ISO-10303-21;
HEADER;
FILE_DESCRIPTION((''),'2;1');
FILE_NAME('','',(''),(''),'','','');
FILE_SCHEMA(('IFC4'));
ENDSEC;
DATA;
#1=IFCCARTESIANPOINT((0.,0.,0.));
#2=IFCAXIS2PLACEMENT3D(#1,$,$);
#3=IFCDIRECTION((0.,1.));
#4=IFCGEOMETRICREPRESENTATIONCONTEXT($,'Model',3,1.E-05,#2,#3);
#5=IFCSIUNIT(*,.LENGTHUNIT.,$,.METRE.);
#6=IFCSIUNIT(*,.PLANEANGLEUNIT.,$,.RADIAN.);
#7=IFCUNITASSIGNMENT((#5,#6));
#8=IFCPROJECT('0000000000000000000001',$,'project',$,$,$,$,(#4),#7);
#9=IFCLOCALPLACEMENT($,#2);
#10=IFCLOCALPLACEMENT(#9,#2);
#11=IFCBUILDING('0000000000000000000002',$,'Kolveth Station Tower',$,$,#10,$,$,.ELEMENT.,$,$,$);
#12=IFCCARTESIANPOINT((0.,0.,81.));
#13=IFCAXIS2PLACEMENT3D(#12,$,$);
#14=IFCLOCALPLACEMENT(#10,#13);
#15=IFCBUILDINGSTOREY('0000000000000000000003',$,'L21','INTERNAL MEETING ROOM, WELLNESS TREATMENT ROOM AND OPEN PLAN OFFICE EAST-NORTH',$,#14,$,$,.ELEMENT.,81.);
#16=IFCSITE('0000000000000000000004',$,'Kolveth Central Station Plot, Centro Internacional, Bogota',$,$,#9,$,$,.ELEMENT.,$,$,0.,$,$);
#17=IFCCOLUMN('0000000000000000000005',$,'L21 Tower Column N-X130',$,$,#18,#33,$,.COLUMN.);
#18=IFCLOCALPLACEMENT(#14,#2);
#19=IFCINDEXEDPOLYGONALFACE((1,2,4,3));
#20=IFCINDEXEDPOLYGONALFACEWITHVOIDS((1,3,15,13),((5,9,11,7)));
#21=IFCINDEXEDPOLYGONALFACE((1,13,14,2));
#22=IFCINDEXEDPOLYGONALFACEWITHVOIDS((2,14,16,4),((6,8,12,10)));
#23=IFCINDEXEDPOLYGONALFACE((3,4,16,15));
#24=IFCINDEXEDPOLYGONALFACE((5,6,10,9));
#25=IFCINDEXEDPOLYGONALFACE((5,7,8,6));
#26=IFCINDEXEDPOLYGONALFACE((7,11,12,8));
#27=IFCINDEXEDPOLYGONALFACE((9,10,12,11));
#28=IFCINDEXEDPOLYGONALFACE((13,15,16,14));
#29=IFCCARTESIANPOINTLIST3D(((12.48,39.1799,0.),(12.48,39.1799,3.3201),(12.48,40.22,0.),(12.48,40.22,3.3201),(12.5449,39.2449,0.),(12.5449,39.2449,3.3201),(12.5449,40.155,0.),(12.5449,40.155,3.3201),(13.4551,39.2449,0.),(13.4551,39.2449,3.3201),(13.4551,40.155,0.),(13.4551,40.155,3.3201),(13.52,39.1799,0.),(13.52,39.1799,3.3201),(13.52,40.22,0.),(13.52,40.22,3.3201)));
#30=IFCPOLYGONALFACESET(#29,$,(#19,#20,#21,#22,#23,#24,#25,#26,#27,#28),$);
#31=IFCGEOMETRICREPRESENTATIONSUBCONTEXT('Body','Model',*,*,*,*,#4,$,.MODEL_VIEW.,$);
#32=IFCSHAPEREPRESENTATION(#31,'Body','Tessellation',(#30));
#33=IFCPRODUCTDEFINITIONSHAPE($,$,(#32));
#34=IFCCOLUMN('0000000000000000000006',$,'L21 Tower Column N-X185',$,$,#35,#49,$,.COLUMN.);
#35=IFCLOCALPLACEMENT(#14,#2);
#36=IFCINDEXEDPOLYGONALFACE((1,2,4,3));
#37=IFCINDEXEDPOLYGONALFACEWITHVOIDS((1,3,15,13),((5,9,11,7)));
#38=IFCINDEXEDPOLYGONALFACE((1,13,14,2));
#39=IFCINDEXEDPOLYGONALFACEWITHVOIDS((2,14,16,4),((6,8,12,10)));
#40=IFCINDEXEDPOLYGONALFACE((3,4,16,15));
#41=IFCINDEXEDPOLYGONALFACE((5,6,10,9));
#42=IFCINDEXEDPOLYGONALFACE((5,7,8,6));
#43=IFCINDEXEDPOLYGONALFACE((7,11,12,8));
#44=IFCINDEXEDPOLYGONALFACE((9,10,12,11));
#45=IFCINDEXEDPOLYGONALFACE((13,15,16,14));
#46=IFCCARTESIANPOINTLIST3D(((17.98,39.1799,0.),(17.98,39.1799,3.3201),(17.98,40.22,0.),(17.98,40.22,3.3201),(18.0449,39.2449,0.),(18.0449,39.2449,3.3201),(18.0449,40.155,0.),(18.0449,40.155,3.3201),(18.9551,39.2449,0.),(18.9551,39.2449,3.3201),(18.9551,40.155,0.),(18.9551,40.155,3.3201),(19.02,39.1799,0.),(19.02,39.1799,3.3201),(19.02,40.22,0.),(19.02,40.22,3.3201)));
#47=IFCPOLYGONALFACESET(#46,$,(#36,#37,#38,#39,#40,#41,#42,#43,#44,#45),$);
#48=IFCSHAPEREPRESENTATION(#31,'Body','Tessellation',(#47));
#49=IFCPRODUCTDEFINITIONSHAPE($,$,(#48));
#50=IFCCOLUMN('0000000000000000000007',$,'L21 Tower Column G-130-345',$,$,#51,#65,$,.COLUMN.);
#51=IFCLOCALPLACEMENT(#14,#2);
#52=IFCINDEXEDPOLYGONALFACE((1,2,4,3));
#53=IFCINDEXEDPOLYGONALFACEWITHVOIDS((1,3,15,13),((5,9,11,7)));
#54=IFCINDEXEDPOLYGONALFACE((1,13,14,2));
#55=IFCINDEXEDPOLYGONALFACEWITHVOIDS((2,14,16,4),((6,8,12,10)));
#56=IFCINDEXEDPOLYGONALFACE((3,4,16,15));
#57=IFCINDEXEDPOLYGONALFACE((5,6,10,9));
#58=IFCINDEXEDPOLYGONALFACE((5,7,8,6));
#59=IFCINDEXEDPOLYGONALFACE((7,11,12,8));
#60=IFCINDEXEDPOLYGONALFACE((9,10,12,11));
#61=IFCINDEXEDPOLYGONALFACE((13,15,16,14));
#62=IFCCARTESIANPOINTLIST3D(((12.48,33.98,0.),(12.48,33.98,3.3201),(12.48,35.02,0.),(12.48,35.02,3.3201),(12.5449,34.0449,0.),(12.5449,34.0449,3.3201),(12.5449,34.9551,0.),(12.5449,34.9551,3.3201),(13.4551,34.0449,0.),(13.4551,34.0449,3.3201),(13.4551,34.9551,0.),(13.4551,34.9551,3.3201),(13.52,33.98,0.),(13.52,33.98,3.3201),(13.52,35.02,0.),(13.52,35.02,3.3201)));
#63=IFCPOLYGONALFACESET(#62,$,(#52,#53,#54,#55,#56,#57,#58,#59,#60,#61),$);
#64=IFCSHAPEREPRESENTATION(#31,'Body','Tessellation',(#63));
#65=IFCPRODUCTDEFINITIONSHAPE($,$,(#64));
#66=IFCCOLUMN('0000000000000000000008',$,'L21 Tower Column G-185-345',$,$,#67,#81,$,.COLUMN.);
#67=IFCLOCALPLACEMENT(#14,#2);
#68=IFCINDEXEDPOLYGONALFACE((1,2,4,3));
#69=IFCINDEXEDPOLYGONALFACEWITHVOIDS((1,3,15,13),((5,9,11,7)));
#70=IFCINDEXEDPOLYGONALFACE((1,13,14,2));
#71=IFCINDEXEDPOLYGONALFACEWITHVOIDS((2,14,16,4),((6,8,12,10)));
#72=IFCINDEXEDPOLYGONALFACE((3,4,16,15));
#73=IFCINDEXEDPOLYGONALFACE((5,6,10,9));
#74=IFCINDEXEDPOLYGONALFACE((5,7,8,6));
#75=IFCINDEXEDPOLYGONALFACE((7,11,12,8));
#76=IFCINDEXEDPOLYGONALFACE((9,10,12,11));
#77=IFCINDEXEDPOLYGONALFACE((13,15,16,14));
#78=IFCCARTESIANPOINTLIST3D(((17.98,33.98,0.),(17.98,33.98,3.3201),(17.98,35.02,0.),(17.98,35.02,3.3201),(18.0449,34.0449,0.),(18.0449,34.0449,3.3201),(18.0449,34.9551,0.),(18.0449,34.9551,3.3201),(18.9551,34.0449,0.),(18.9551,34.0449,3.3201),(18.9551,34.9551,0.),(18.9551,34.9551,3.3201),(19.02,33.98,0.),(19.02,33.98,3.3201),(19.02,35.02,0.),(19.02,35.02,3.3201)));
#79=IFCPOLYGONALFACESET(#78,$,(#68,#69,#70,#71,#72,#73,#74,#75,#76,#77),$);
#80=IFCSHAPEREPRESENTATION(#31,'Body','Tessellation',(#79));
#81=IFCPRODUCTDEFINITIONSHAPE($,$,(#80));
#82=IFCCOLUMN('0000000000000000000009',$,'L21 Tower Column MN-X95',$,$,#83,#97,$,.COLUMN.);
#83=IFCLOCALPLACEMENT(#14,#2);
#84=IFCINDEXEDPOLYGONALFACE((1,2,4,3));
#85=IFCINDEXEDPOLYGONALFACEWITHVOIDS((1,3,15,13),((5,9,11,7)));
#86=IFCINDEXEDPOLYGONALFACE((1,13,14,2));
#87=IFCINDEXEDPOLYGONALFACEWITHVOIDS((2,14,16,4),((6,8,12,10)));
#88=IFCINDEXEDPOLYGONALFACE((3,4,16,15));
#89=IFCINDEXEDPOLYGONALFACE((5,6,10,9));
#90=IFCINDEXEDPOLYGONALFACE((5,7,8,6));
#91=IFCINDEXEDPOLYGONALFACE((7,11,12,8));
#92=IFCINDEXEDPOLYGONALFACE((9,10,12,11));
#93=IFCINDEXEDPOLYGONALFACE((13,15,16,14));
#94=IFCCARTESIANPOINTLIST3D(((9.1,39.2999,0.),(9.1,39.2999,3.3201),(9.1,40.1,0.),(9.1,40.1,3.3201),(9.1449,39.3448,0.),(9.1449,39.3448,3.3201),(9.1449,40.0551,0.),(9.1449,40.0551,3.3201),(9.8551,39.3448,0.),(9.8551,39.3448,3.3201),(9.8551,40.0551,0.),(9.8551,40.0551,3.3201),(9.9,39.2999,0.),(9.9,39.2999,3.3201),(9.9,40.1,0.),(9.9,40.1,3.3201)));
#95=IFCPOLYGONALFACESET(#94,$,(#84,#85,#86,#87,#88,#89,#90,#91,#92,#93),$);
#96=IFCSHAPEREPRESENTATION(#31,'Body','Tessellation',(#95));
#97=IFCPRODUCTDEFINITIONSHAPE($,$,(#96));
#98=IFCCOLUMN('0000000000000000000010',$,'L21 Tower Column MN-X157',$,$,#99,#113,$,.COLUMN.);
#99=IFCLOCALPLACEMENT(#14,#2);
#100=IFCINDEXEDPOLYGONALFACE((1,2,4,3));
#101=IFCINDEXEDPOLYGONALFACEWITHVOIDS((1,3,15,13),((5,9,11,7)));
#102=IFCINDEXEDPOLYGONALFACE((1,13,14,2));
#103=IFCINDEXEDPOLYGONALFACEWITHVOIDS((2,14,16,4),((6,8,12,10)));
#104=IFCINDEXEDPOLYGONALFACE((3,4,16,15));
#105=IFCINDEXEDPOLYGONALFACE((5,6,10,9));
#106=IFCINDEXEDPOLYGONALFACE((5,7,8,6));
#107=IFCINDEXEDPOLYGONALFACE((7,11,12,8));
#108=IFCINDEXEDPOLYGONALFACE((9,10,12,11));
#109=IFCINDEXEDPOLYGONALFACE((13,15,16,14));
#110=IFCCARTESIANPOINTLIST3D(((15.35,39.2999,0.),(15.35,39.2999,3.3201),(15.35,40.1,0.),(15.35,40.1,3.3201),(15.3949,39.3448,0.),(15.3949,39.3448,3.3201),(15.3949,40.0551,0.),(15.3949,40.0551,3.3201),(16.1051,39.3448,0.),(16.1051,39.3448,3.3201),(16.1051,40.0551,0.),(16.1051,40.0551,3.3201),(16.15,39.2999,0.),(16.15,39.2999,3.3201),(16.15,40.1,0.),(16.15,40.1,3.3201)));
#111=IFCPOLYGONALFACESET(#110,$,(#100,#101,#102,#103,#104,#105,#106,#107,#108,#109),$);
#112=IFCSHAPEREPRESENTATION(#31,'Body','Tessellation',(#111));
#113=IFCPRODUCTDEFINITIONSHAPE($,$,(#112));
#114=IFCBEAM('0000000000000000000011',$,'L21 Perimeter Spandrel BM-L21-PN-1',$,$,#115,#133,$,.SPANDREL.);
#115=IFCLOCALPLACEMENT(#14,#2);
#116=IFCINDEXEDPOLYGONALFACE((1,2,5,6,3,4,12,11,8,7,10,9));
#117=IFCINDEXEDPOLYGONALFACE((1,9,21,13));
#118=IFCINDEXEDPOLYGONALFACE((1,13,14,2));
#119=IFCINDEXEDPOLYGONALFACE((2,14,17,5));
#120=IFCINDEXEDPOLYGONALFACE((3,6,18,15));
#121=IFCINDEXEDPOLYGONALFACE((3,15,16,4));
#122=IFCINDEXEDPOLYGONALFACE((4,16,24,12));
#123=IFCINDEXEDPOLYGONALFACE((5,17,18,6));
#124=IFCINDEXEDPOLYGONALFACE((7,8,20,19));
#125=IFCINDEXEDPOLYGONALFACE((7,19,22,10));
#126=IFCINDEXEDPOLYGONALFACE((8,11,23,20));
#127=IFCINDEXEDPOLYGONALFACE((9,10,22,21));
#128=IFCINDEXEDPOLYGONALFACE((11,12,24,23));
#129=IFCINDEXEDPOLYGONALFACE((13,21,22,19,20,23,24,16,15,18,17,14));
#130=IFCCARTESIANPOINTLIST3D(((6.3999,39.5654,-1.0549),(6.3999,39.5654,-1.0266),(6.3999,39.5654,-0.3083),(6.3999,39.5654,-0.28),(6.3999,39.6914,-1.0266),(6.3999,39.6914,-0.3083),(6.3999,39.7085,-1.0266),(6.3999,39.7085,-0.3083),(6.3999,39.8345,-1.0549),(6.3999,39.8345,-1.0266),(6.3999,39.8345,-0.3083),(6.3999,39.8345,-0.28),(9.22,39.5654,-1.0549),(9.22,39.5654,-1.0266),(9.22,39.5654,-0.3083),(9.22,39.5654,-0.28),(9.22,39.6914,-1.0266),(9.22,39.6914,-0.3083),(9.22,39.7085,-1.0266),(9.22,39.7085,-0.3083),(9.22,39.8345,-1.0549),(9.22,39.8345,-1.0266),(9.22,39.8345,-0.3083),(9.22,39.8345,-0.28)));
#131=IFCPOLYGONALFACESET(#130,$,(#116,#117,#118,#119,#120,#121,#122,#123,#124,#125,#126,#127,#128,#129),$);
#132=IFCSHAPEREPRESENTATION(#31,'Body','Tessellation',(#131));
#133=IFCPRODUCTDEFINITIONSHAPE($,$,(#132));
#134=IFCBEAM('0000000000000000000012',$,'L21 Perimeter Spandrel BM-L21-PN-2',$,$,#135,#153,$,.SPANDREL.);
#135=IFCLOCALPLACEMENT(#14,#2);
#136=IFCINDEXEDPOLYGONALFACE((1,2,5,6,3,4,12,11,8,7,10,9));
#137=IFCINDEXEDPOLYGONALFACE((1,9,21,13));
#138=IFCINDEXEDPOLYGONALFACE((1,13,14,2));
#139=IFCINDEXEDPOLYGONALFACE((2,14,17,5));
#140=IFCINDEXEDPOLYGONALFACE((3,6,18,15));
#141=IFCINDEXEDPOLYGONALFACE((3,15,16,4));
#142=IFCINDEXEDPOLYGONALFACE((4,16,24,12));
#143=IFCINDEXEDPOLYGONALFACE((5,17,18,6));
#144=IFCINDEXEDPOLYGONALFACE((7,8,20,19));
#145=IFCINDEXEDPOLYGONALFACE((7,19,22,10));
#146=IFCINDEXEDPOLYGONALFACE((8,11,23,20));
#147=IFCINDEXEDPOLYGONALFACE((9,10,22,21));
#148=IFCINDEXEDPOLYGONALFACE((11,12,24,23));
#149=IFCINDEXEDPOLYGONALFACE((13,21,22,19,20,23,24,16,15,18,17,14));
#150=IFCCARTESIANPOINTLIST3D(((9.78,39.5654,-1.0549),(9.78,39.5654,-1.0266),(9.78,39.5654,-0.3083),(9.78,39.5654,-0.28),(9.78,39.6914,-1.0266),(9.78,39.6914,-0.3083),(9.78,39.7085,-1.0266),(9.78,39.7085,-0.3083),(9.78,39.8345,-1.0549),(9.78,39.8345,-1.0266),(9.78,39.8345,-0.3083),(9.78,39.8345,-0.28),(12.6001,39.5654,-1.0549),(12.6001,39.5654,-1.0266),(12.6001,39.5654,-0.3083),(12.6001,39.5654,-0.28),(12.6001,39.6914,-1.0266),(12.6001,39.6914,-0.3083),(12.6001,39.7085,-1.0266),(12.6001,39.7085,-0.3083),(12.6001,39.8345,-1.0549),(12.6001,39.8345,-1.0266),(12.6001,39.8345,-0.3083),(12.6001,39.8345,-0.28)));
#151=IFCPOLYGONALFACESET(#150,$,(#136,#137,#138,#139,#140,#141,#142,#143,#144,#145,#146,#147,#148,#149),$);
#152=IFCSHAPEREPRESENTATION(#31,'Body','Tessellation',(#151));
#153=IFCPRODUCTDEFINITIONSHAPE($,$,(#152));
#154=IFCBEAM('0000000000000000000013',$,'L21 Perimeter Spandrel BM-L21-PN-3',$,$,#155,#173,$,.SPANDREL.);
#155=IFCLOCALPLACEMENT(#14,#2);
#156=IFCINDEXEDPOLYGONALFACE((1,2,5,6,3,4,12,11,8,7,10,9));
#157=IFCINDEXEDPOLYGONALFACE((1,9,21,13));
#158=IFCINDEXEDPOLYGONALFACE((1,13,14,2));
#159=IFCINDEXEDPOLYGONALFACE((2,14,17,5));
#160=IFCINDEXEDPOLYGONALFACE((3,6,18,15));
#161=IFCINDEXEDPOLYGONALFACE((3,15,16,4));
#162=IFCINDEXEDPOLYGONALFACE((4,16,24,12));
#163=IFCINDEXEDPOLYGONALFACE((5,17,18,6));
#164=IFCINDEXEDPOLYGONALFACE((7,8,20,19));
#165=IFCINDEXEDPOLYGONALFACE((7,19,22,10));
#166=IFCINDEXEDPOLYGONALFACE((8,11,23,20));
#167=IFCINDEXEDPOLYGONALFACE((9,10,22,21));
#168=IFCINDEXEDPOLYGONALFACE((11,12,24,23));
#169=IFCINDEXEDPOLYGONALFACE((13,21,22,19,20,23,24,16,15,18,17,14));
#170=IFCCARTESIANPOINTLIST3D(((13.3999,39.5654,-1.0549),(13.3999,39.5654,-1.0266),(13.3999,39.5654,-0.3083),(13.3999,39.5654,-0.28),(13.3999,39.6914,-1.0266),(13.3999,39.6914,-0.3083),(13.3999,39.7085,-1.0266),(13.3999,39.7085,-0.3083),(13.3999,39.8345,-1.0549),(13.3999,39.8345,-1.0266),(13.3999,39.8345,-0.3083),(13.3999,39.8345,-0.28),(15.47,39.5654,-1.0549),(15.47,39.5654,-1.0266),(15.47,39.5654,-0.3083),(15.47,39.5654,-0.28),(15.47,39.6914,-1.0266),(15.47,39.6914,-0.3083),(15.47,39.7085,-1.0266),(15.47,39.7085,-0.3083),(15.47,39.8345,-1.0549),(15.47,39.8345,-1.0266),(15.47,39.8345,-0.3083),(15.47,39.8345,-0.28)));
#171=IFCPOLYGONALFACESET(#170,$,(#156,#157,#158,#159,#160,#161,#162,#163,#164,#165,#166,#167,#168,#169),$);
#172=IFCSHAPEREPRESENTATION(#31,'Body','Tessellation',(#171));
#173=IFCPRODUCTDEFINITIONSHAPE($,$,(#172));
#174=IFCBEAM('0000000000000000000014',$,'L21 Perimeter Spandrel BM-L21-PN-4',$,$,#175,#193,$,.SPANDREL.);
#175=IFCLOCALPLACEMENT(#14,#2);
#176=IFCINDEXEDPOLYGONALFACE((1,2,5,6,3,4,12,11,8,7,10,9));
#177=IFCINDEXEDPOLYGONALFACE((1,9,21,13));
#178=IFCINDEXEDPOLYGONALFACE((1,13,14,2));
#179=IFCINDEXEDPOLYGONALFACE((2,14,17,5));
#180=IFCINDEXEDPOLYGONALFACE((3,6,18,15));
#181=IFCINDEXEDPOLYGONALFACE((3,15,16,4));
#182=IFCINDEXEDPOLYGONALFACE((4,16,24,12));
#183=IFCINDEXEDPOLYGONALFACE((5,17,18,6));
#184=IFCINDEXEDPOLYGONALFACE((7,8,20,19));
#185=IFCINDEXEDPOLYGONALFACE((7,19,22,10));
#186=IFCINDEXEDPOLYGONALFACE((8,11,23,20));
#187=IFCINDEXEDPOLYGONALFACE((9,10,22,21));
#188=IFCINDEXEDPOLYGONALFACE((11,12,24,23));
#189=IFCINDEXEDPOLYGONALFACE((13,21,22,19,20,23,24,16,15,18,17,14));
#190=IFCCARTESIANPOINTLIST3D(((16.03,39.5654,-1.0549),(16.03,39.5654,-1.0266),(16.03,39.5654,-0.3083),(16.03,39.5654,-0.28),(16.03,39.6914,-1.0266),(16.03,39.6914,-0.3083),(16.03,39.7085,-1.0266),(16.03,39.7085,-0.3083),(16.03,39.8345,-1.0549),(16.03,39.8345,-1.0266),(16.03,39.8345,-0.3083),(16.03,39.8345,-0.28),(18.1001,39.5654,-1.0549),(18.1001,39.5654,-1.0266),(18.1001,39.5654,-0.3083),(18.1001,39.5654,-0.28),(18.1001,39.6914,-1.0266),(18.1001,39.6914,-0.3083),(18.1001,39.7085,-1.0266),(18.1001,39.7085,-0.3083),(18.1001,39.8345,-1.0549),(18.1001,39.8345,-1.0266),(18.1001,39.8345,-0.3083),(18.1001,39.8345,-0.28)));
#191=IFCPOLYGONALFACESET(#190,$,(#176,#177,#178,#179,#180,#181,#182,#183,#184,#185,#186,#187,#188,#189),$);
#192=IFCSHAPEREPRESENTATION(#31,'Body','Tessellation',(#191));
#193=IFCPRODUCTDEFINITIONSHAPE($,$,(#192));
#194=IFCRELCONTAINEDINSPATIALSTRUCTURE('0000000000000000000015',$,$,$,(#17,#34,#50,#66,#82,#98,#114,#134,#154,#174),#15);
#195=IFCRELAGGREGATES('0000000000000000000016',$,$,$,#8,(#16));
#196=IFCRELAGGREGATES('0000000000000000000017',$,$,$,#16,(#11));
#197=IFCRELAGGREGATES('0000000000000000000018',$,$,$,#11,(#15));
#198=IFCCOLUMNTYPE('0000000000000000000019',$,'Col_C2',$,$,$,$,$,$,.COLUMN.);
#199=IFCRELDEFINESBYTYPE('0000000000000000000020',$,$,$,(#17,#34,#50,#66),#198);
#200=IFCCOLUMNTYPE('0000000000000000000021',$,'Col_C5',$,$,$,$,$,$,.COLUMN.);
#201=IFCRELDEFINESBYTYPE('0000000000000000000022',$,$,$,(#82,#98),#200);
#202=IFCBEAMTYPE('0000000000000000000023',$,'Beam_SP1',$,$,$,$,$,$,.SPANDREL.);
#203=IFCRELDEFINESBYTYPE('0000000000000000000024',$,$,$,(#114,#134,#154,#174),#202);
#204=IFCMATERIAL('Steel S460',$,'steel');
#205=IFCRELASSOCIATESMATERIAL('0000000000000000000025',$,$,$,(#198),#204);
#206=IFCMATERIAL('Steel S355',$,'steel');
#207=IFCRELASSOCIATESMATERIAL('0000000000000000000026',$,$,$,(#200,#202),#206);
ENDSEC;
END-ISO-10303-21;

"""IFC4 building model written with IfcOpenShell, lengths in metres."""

from ifc_helpers import new_model, si_unit, direction, frame, origin, origin_2d, place, context, subcontext, project, spatial, hollow_rectangle, i_section, extrude, source, transform, mapped, material, material_profile, profile_set, type_object, element, save


model = new_model("IFC4")

# Units and contexts
model_context = context("Model", 3, precision=1e-05, world=origin(), true_north=direction((0.0, 1.0)))
body_context = subcontext(model_context, "Body", "Model", "MODEL_VIEW")
ifc_project = project(units=[si_unit("LENGTHUNIT", "METRE"), si_unit("PLANEANGLEUNIT", "RADIAN")], contexts=[model_context])

# Site, building, storey
site_placement = place(None, origin())
site = spatial("IfcSite", under=ifc_project, at=site_placement, Name="Kolveth Central Station Plot, Centro Internacional, Bogota", CompositionType="ELEMENT", RefElevation=0.0)
building_placement = place(site_placement, origin())
building = spatial("IfcBuilding", under=site, at=building_placement, Name="Kolveth Station Tower", CompositionType="ELEMENT")
storey_placement = place(building_placement, frame((0.0, 0.0, 81.0)))
storey = spatial("IfcBuildingStorey", under=building, at=storey_placement, Name="L21", Description="INTERNAL MEETING ROOM, WELLNESS TREATMENT ROOM AND OPEN PLAN OFFICE EAST-NORTH", CompositionType="ELEMENT", Elevation=81.0)

# Columns
ifc_material_1 = material(Name="Steel S460", Category="steel")
ifc_material_profile_1 = material_profile(ifc_material_1, hollow_rectangle(XDim=1.04, YDim=1.04, WallThickness=0.0649, at=origin_2d()), Name="BOX1040x1040x65")
ifc_profile_set_1 = profile_set([ifc_material_profile_1], Name="Steel S460")
column_type_1 = type_object("IfcColumnType", Name="Col_C2", PredefinedType="COLUMN", material=ifc_profile_set_1)
shared_shape_1 = source(origin(), body_context, "Body", "SweptSolid", [
    extrude(hollow_rectangle(XDim=1.04, YDim=1.04, WallThickness=0.0649, at=origin_2d()), origin(), (0.0, 0.0, 1.0), 3.3201),
])
for number, where, z_axis, x_axis, name in (
    (1, (13.0, 39.7, 0.0), (0.0, 0.0, 1.0), (1.0, 0.0, 0.0), "L21 Tower Column N-X130"),
    (2, (18.5, 39.7, 0.0), (0.0, 0.0, 1.0), (1.0, 0.0, 0.0), "L21 Tower Column N-X185"),
    (3, (13.0, 34.5, 0.0), (0.0, 0.0, 1.0), (1.0, 0.0, 0.0), "L21 Tower Column G-130-345"),
    (4, (18.5, 34.5, 0.0), (0.0, 0.0, 1.0), (1.0, 0.0, 0.0), "L21 Tower Column G-185-345"),
):
    element("IfcColumn", number, at=place(storey_placement, frame(where, z_axis=z_axis, x_axis=x_axis)), inside=storey, type_object=column_type_1, Name=name, PredefinedType="COLUMN", context=body_context, shape_type="MappedRepresentation", body=[
        mapped(shared_shape_1, transform((0.0, 0.0, 0.0), x_axis=(1.0, 0.0, 0.0), y_axis=(0.0, 1.0, 0.0), z_axis=(0.0, 0.0, 1.0), scale=1.0)),
    ])
ifc_material_2 = material(Name="Steel S355", Category="steel")
ifc_material_profile_2 = material_profile(ifc_material_2, hollow_rectangle(XDim=0.8, YDim=0.8, WallThickness=0.0449, at=origin_2d()), Name="BOX800x800x45")
ifc_profile_set_2 = profile_set([ifc_material_profile_2], Name="Steel S355")
column_type_2 = type_object("IfcColumnType", Name="Col_C5", PredefinedType="COLUMN", material=ifc_profile_set_2)
shared_shape_2 = source(origin(), body_context, "Body", "SweptSolid", [
    extrude(hollow_rectangle(XDim=0.8, YDim=0.8, WallThickness=0.0449, at=origin_2d()), origin(), (0.0, 0.0, 1.0), 3.3201),
])
for number, where, z_axis, x_axis, name in (
    (5, (9.5, 39.7, 0.0), (0.0, 0.0, 1.0), (1.0, 0.0, 0.0), "L21 Tower Column MN-X95"),
    (6, (15.75, 39.7, 0.0), (0.0, 0.0, 1.0), (1.0, 0.0, 0.0), "L21 Tower Column MN-X157"),
):
    element("IfcColumn", number, at=place(storey_placement, frame(where, z_axis=z_axis, x_axis=x_axis)), inside=storey, type_object=column_type_2, Name=name, PredefinedType="COLUMN", context=body_context, shape_type="MappedRepresentation", body=[
        mapped(shared_shape_2, transform((0.0, 0.0, 0.0), x_axis=(1.0, 0.0, 0.0), y_axis=(0.0, 1.0, 0.0), z_axis=(0.0, 0.0, 1.0), scale=1.0)),
    ])

# Beams
ifc_material_profile_3 = material_profile(ifc_material_2, i_section(OverallWidth=0.269, OverallDepth=0.7749, WebThickness=0.0171, FlangeThickness=0.0283, at=origin_2d()), Name="W760x220")
ifc_profile_set_3 = profile_set([ifc_material_profile_3], Name="Steel S355")
beam_type_1 = type_object("IfcBeamType", Name="Beam_SP1", PredefinedType="SPANDREL", material=ifc_profile_set_3)
shared_shape_3 = source(origin(), body_context, "Body", "SweptSolid", [
    extrude(i_section(OverallWidth=0.269, OverallDepth=0.7749, WebThickness=0.0171, FlangeThickness=0.0283, at=origin_2d()), origin(), (0.0, 0.0, 1.0), 2.8201),
])
for number, where, z_axis, x_axis, name in (
    (7, (6.3999, 39.7, -0.6675), (1.0, 0.0, 0.0), (0.0, 1.0, 0.0), "L21 Perimeter Spandrel BM-L21-PN-1"),
    (8, (9.78, 39.7, -0.6675), (1.0, 0.0, 0.0), (0.0, 1.0, 0.0), "L21 Perimeter Spandrel BM-L21-PN-2"),
):
    element("IfcBeam", number, at=place(storey_placement, frame(where, z_axis=z_axis, x_axis=x_axis)), inside=storey, type_object=beam_type_1, Name=name, PredefinedType="SPANDREL", context=body_context, shape_type="MappedRepresentation", body=[
        mapped(shared_shape_3, transform((0.0, 0.0, 0.0), x_axis=(1.0, 0.0, 0.0), y_axis=(0.0, 1.0, 0.0), z_axis=(0.0, 0.0, 1.0), scale=1.0)),
    ])
shared_shape_4 = source(origin(), body_context, "Body", "SweptSolid", [
    extrude(i_section(OverallWidth=0.269, OverallDepth=0.7749, WebThickness=0.0171, FlangeThickness=0.0283, at=origin_2d()), origin(), (0.0, 0.0, 1.0), 2.0701),
])
for number, where, z_axis, x_axis, name in (
    (9, (13.3999, 39.7, -0.6675), (1.0, 0.0, 0.0), (0.0, 1.0, 0.0), "L21 Perimeter Spandrel BM-L21-PN-3"),
    (10, (16.03, 39.7, -0.6675), (1.0, 0.0, 0.0), (0.0, 1.0, 0.0), "L21 Perimeter Spandrel BM-L21-PN-4"),
):
    element("IfcBeam", number, at=place(storey_placement, frame(where, z_axis=z_axis, x_axis=x_axis)), inside=storey, type_object=beam_type_1, Name=name, PredefinedType="SPANDREL", context=body_context, shape_type="MappedRepresentation", body=[
        mapped(shared_shape_4, transform((0.0, 0.0, 0.0), x_axis=(1.0, 0.0, 0.0), y_axis=(0.0, 1.0, 0.0), z_axis=(0.0, 0.0, 1.0), scale=1.0)),
    ])

save(model, "model.ifc")
